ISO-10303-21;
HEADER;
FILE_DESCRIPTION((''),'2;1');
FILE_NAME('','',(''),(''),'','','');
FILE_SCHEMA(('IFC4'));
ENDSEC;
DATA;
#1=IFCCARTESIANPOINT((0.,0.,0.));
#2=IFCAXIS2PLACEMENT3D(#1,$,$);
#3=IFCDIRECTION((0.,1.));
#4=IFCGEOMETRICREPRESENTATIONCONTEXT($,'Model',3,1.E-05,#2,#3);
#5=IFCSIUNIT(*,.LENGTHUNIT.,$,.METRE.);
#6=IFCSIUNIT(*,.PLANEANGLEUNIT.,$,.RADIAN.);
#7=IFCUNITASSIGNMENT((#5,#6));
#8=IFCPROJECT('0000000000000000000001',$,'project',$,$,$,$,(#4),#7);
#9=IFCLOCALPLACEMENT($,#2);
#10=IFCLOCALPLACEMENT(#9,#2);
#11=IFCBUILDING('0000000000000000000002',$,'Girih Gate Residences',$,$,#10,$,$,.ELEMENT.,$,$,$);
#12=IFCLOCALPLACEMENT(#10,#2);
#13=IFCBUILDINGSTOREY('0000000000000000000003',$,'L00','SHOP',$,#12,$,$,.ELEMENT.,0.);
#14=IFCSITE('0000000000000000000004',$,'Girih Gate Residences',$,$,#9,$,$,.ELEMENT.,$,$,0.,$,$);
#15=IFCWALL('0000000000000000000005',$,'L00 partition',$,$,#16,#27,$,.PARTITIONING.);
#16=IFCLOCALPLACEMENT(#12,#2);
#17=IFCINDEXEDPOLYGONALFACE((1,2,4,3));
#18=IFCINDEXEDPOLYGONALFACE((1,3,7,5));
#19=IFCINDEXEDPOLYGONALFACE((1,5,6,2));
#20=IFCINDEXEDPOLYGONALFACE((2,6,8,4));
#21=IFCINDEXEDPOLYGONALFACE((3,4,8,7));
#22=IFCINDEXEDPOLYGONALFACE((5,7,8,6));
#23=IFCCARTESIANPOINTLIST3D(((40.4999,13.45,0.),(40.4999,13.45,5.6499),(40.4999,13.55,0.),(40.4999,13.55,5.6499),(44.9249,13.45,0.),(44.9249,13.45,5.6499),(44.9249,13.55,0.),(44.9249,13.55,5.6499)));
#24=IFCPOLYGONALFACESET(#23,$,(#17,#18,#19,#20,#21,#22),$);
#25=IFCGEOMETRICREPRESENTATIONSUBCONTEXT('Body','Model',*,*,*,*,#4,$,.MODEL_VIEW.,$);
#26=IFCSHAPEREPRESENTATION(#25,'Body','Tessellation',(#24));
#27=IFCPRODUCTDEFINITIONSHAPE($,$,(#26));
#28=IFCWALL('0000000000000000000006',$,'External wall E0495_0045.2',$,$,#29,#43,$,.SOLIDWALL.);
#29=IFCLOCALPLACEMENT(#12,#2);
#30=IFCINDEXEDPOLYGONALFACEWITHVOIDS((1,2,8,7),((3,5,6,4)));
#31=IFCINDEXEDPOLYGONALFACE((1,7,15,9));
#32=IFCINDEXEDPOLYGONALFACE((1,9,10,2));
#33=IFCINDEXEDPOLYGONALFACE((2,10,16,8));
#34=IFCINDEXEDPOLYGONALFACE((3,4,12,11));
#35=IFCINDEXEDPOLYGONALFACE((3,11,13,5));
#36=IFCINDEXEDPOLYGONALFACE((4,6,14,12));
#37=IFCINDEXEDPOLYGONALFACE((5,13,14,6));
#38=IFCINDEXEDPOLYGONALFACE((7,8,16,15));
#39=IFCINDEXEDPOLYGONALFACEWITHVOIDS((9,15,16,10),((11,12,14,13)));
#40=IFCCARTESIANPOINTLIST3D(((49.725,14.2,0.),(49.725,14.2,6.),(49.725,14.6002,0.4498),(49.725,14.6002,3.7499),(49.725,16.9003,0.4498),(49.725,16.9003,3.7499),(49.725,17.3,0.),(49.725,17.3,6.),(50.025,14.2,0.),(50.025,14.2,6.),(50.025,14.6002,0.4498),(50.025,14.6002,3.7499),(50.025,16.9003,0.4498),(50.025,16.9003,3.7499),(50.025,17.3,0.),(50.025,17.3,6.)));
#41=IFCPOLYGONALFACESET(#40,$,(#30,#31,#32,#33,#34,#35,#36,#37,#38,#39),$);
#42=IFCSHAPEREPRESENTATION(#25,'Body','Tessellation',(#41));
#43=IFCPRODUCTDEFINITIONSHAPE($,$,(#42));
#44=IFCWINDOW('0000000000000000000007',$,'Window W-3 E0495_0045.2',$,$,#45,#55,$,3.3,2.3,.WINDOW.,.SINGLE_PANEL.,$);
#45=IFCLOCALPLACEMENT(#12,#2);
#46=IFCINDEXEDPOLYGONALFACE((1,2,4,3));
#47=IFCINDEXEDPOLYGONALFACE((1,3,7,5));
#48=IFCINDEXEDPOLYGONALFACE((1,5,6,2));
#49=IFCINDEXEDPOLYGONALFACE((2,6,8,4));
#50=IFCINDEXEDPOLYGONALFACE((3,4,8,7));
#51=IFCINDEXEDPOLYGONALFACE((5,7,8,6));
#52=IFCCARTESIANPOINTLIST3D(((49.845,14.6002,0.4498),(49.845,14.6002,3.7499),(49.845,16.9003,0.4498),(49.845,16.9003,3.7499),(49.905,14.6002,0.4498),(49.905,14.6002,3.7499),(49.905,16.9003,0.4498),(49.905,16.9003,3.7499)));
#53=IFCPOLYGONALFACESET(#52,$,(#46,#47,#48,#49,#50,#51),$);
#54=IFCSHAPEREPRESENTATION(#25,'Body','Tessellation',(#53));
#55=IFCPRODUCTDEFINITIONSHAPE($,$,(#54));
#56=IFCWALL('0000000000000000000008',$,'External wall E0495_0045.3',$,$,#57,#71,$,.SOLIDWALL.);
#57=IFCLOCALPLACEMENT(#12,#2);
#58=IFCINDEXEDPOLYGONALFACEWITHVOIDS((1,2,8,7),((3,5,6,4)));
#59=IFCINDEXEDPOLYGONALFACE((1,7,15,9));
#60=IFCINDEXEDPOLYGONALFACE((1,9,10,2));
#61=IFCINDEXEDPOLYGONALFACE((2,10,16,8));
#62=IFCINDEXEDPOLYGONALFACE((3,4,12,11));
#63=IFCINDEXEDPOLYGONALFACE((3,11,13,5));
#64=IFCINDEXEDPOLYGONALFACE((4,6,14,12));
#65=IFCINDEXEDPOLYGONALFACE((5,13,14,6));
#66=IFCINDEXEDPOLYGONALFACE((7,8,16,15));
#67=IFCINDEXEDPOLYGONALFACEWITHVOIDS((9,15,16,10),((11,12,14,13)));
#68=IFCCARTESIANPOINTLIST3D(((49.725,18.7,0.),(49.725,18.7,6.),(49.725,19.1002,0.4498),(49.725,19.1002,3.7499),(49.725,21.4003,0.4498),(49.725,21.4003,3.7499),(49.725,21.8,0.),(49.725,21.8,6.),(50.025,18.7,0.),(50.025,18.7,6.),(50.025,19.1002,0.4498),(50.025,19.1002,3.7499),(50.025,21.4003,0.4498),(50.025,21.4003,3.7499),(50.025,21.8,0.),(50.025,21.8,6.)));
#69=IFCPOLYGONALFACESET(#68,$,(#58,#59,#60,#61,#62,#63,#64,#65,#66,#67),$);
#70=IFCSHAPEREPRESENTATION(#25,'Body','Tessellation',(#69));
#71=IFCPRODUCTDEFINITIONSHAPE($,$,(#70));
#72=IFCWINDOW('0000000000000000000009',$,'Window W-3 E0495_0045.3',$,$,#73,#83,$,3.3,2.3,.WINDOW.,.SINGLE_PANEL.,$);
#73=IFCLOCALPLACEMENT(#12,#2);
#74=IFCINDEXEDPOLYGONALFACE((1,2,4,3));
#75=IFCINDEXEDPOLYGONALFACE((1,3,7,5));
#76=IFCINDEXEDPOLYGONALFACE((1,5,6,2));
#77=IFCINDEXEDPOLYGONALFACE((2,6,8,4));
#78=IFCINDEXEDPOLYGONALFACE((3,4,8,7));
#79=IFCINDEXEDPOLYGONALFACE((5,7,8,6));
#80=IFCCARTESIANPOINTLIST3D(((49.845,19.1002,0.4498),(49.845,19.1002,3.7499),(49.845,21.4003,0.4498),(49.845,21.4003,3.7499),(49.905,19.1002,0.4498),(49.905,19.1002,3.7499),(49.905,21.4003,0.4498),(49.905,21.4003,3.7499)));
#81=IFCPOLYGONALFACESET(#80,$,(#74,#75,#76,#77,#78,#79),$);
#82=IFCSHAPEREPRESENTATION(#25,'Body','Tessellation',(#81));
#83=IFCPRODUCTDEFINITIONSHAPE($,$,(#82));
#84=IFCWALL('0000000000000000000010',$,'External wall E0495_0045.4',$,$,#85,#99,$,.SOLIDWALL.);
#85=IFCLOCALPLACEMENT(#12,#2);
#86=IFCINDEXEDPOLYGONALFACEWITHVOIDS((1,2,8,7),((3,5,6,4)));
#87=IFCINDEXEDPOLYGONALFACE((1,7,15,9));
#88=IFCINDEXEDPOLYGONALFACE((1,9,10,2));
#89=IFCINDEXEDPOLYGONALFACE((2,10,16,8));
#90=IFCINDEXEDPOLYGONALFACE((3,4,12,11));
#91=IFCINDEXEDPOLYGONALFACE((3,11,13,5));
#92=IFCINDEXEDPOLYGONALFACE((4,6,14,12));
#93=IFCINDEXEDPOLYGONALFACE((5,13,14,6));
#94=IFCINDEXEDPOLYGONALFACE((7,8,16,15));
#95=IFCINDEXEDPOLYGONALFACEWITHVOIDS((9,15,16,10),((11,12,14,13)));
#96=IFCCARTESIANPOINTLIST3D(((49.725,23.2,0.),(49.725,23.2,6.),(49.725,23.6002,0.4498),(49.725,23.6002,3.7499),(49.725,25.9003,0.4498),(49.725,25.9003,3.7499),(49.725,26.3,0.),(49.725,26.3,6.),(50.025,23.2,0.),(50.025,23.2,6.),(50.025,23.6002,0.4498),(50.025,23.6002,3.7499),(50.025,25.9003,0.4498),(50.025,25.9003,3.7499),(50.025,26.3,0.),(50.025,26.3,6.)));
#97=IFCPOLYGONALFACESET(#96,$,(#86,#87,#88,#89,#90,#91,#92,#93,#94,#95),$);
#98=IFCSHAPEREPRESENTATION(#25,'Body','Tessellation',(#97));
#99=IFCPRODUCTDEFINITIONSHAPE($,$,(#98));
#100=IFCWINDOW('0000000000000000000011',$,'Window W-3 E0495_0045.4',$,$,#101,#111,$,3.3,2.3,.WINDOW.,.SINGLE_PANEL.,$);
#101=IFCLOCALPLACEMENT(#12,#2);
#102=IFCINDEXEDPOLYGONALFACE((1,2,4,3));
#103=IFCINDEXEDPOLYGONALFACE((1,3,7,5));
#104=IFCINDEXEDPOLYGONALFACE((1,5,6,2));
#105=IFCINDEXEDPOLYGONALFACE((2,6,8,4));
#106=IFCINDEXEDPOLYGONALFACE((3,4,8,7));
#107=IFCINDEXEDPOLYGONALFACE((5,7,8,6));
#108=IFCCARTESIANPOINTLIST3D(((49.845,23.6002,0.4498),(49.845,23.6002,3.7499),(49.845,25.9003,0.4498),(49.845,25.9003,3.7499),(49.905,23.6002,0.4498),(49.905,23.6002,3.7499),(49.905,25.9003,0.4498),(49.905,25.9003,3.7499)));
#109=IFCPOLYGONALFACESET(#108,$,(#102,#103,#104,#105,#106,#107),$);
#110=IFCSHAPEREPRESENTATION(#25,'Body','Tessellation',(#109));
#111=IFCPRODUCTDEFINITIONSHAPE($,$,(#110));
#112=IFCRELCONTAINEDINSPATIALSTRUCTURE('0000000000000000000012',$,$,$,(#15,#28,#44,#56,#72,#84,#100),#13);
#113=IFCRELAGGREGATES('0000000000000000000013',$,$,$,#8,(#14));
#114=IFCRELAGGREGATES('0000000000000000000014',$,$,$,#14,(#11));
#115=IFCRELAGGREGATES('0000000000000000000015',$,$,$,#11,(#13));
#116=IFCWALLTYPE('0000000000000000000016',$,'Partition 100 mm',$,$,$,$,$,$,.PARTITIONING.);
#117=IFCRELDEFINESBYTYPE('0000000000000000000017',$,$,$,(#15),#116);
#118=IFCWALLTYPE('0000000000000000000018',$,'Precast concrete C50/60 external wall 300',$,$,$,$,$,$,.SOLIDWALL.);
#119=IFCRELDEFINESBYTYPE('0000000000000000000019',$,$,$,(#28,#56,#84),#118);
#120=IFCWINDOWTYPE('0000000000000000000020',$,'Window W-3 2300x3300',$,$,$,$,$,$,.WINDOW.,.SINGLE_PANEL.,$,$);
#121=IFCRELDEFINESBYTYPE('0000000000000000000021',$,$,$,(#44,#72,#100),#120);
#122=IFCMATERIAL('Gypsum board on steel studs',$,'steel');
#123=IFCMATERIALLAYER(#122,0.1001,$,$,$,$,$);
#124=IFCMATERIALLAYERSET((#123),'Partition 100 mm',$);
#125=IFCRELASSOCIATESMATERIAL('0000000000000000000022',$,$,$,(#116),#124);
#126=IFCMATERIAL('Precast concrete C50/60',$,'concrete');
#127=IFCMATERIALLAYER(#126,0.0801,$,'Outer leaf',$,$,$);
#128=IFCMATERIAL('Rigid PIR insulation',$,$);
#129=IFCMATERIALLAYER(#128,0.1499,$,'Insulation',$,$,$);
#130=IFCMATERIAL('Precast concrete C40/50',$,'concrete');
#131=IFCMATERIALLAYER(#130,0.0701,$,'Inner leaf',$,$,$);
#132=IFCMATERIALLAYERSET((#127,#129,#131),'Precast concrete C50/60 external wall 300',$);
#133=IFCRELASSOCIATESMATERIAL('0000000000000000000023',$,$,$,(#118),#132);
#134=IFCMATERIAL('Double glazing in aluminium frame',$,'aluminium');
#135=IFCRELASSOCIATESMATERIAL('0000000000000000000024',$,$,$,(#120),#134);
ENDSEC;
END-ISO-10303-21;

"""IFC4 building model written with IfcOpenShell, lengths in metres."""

from ifc_helpers import new_model, si_unit, direction, frame, frame_2d, origin, place, context, subcontext, project, spatial, rectangle, extrude, material, layer, layer_set, type_object, element, fill, save


model = new_model("IFC4")

# Units and contexts
model_context = context("Model", 3, precision=1e-05, world=origin(), true_north=direction((0.0, 1.0)))
body_context = subcontext(model_context, "Body", "Model", "MODEL_VIEW")
ifc_project = project(units=[si_unit("LENGTHUNIT", "METRE"), si_unit("PLANEANGLEUNIT", "RADIAN")], contexts=[model_context])

# Site, building, storey
site_placement = place(None, origin())
site = spatial("IfcSite", under=ifc_project, at=site_placement, Name="Girih Gate Residences", CompositionType="ELEMENT", RefElevation=0.0)
building_placement = place(site_placement, origin())
building = spatial("IfcBuilding", under=site, at=building_placement, Name="Girih Gate Residences", CompositionType="ELEMENT")
storey_placement = place(building_placement, origin())
storey = spatial("IfcBuildingStorey", under=building, at=storey_placement, Name="L00", Description="SHOP", CompositionType="ELEMENT", Elevation=0.0)

# Shared definitions
ifc_material_1 = material(Name="Gypsum board on steel studs", Category="steel")

# Wall
ifc_layer_1 = layer(ifc_material_1, 0.1001)
ifc_layer_set_1 = layer_set([ifc_layer_1], Name="Partition 100 mm")
wall_type_1 = type_object("IfcWallType", Name="Partition 100 mm", PredefinedType="PARTITIONING", material=ifc_layer_set_1)
wall_1_placement = place(storey_placement, frame((40.5, 13.5, 0.0), z_axis=(0.0, 0.0, 1.0), x_axis=(1.0, 0.0, 0.0)))
element("IfcWall", 1, at=wall_1_placement, inside=storey, type_object=wall_type_1, Name="L00 partition", PredefinedType="PARTITIONING", context=body_context, shape_type="SweptSolid", body=[
    extrude(rectangle(XDim=4.425, YDim=0.1001, at=frame_2d((2.2124, 0.0))), origin(), (0.0, 0.0, 1.0), 5.6499),
])

# Walls, openings, windows
ifc_material_2 = material(Name="Precast concrete C50/60", Category="concrete")
ifc_layer_2 = layer(ifc_material_2, 0.0801, Name="Outer leaf")
ifc_material_3 = material(Name="Rigid PIR insulation")
ifc_layer_3 = layer(ifc_material_3, 0.1499, Name="Insulation")
ifc_material_4 = material(Name="Precast concrete C40/50", Category="concrete")
ifc_layer_4 = layer(ifc_material_4, 0.0701, Name="Inner leaf")
ifc_layer_set_2 = layer_set([ifc_layer_2, ifc_layer_3, ifc_layer_4], Name="Precast concrete C50/60 external wall 300")
wall_type_2 = type_object("IfcWallType", Name="Precast concrete C50/60 external wall 300", PredefinedType="SOLIDWALL", material=ifc_layer_set_2)
wall_2_placement = place(storey_placement, frame((49.875, 17.3, 0.0), z_axis=(0.0, 0.0, 1.0), x_axis=(0.0, -1.0, 0.0)))
wall_2 = element("IfcWall", 2, at=wall_2_placement, inside=storey, type_object=wall_type_2, Name="External wall E0495_0045.2", PredefinedType="SOLIDWALL", context=body_context, shape_type="SweptSolid", body=[
    extrude(rectangle(XDim=3.1001, YDim=0.3, at=frame_2d((1.55, 0.0))), origin(), (0.0, 0.0, 1.0), 6.0),
])
opening_1_placement = place(wall_2_placement, frame((0.3999, 0.0, 0.45)))
opening_1 = element("IfcOpeningElement", 3, at=opening_1_placement, cuts=wall_2, PredefinedType="OPENING", context=body_context, shape_type="SweptSolid", body=[
    extrude(rectangle(XDim=2.3, YDim=3.3, at=frame_2d((1.1499, 1.6499))), frame((0.0, 0.1599, 0.0), z_axis=(0.0, -1.0, 0.0), x_axis=(1.0, 0.0, 0.0)), (0.0, 0.0, 1.0), 0.3201),
])
ifc_material_5 = material(Name="Double glazing in aluminium frame", Category="aluminium")
window_type = type_object("IfcWindowType", Name="Window W-3 2300x3300", PartitioningType="SINGLE_PANEL", PredefinedType="WINDOW", material=ifc_material_5)
window_1_placement = place(opening_1_placement, origin())
window_1 = element("IfcWindow", 4, at=window_1_placement, inside=storey, type_object=window_type, Name="Window W-3 E0495_0045.2", OverallHeight=3.3, OverallWidth=2.3, PartitioningType="SINGLE_PANEL", PredefinedType="WINDOW", context=body_context, shape_type="SweptSolid", body=[
    extrude(rectangle(XDim=2.3, YDim=3.3, at=frame_2d((1.1499, 1.6499))), frame((0.0, 0.03, 0.0), z_axis=(0.0, -1.0, 0.0), x_axis=(1.0, 0.0, 0.0)), (0.0, 0.0, 1.0), 0.0601),
])
fill(opening_1, window_1)
wall_3_placement = place(storey_placement, frame((49.875, 21.8, 0.0), z_axis=(0.0, 0.0, 1.0), x_axis=(0.0, -1.0, 0.0)))
wall_3 = element("IfcWall", 5, at=wall_3_placement, inside=storey, type_object=wall_type_2, Name="External wall E0495_0045.3", PredefinedType="SOLIDWALL", context=body_context, shape_type="SweptSolid", body=[
    extrude(rectangle(XDim=3.1001, YDim=0.3, at=frame_2d((1.55, 0.0))), origin(), (0.0, 0.0, 1.0), 6.0),
])
opening_2_placement = place(wall_3_placement, frame((0.3999, 0.0, 0.45)))
opening_2 = element("IfcOpeningElement", 6, at=opening_2_placement, cuts=wall_3, PredefinedType="OPENING", context=body_context, shape_type="SweptSolid", body=[
    extrude(rectangle(XDim=2.3, YDim=3.3, at=frame_2d((1.1499, 1.6499))), frame((0.0, 0.1599, 0.0), z_axis=(0.0, -1.0, 0.0), x_axis=(1.0, 0.0, 0.0)), (0.0, 0.0, 1.0), 0.3201),
])
window_2_placement = place(opening_2_placement, origin())
window_2 = element("IfcWindow", 7, at=window_2_placement, inside=storey, type_object=window_type, Name="Window W-3 E0495_0045.3", OverallHeight=3.3, OverallWidth=2.3, PartitioningType="SINGLE_PANEL", PredefinedType="WINDOW", context=body_context, shape_type="SweptSolid", body=[
    extrude(rectangle(XDim=2.3, YDim=3.3, at=frame_2d((1.1499, 1.6499))), frame((0.0, 0.03, 0.0), z_axis=(0.0, -1.0, 0.0), x_axis=(1.0, 0.0, 0.0)), (0.0, 0.0, 1.0), 0.0601),
])
fill(opening_2, window_2)
wall_4_placement = place(storey_placement, frame((49.875, 26.3, 0.0), z_axis=(0.0, 0.0, 1.0), x_axis=(0.0, -1.0, 0.0)))
wall_4 = element("IfcWall", 8, at=wall_4_placement, inside=storey, type_object=wall_type_2, Name="External wall E0495_0045.4", PredefinedType="SOLIDWALL", context=body_context, shape_type="SweptSolid", body=[
    extrude(rectangle(XDim=3.1001, YDim=0.3, at=frame_2d((1.55, 0.0))), origin(), (0.0, 0.0, 1.0), 6.0),
])
opening_3_placement = place(wall_4_placement, frame((0.3999, 0.0, 0.45)))
opening_3 = element("IfcOpeningElement", 9, at=opening_3_placement, cuts=wall_4, PredefinedType="OPENING", context=body_context, shape_type="SweptSolid", body=[
    extrude(rectangle(XDim=2.3, YDim=3.3, at=frame_2d((1.1499, 1.6499))), frame((0.0, 0.1599, 0.0), z_axis=(0.0, -1.0, 0.0), x_axis=(1.0, 0.0, 0.0)), (0.0, 0.0, 1.0), 0.3201),
])
window_3_placement = place(opening_3_placement, origin())
window_3 = element("IfcWindow", 10, at=window_3_placement, inside=storey, type_object=window_type, Name="Window W-3 E0495_0045.4", OverallHeight=3.3, OverallWidth=2.3, PartitioningType="SINGLE_PANEL", PredefinedType="WINDOW", context=body_context, shape_type="SweptSolid", body=[
    extrude(rectangle(XDim=2.3, YDim=3.3, at=frame_2d((1.1499, 1.6499))), frame((0.0, 0.03, 0.0), z_axis=(0.0, -1.0, 0.0), x_axis=(1.0, 0.0, 0.0)), (0.0, 0.0, 1.0), 0.0601),
])
fill(opening_3, window_3)

save(model, "model.ifc")
